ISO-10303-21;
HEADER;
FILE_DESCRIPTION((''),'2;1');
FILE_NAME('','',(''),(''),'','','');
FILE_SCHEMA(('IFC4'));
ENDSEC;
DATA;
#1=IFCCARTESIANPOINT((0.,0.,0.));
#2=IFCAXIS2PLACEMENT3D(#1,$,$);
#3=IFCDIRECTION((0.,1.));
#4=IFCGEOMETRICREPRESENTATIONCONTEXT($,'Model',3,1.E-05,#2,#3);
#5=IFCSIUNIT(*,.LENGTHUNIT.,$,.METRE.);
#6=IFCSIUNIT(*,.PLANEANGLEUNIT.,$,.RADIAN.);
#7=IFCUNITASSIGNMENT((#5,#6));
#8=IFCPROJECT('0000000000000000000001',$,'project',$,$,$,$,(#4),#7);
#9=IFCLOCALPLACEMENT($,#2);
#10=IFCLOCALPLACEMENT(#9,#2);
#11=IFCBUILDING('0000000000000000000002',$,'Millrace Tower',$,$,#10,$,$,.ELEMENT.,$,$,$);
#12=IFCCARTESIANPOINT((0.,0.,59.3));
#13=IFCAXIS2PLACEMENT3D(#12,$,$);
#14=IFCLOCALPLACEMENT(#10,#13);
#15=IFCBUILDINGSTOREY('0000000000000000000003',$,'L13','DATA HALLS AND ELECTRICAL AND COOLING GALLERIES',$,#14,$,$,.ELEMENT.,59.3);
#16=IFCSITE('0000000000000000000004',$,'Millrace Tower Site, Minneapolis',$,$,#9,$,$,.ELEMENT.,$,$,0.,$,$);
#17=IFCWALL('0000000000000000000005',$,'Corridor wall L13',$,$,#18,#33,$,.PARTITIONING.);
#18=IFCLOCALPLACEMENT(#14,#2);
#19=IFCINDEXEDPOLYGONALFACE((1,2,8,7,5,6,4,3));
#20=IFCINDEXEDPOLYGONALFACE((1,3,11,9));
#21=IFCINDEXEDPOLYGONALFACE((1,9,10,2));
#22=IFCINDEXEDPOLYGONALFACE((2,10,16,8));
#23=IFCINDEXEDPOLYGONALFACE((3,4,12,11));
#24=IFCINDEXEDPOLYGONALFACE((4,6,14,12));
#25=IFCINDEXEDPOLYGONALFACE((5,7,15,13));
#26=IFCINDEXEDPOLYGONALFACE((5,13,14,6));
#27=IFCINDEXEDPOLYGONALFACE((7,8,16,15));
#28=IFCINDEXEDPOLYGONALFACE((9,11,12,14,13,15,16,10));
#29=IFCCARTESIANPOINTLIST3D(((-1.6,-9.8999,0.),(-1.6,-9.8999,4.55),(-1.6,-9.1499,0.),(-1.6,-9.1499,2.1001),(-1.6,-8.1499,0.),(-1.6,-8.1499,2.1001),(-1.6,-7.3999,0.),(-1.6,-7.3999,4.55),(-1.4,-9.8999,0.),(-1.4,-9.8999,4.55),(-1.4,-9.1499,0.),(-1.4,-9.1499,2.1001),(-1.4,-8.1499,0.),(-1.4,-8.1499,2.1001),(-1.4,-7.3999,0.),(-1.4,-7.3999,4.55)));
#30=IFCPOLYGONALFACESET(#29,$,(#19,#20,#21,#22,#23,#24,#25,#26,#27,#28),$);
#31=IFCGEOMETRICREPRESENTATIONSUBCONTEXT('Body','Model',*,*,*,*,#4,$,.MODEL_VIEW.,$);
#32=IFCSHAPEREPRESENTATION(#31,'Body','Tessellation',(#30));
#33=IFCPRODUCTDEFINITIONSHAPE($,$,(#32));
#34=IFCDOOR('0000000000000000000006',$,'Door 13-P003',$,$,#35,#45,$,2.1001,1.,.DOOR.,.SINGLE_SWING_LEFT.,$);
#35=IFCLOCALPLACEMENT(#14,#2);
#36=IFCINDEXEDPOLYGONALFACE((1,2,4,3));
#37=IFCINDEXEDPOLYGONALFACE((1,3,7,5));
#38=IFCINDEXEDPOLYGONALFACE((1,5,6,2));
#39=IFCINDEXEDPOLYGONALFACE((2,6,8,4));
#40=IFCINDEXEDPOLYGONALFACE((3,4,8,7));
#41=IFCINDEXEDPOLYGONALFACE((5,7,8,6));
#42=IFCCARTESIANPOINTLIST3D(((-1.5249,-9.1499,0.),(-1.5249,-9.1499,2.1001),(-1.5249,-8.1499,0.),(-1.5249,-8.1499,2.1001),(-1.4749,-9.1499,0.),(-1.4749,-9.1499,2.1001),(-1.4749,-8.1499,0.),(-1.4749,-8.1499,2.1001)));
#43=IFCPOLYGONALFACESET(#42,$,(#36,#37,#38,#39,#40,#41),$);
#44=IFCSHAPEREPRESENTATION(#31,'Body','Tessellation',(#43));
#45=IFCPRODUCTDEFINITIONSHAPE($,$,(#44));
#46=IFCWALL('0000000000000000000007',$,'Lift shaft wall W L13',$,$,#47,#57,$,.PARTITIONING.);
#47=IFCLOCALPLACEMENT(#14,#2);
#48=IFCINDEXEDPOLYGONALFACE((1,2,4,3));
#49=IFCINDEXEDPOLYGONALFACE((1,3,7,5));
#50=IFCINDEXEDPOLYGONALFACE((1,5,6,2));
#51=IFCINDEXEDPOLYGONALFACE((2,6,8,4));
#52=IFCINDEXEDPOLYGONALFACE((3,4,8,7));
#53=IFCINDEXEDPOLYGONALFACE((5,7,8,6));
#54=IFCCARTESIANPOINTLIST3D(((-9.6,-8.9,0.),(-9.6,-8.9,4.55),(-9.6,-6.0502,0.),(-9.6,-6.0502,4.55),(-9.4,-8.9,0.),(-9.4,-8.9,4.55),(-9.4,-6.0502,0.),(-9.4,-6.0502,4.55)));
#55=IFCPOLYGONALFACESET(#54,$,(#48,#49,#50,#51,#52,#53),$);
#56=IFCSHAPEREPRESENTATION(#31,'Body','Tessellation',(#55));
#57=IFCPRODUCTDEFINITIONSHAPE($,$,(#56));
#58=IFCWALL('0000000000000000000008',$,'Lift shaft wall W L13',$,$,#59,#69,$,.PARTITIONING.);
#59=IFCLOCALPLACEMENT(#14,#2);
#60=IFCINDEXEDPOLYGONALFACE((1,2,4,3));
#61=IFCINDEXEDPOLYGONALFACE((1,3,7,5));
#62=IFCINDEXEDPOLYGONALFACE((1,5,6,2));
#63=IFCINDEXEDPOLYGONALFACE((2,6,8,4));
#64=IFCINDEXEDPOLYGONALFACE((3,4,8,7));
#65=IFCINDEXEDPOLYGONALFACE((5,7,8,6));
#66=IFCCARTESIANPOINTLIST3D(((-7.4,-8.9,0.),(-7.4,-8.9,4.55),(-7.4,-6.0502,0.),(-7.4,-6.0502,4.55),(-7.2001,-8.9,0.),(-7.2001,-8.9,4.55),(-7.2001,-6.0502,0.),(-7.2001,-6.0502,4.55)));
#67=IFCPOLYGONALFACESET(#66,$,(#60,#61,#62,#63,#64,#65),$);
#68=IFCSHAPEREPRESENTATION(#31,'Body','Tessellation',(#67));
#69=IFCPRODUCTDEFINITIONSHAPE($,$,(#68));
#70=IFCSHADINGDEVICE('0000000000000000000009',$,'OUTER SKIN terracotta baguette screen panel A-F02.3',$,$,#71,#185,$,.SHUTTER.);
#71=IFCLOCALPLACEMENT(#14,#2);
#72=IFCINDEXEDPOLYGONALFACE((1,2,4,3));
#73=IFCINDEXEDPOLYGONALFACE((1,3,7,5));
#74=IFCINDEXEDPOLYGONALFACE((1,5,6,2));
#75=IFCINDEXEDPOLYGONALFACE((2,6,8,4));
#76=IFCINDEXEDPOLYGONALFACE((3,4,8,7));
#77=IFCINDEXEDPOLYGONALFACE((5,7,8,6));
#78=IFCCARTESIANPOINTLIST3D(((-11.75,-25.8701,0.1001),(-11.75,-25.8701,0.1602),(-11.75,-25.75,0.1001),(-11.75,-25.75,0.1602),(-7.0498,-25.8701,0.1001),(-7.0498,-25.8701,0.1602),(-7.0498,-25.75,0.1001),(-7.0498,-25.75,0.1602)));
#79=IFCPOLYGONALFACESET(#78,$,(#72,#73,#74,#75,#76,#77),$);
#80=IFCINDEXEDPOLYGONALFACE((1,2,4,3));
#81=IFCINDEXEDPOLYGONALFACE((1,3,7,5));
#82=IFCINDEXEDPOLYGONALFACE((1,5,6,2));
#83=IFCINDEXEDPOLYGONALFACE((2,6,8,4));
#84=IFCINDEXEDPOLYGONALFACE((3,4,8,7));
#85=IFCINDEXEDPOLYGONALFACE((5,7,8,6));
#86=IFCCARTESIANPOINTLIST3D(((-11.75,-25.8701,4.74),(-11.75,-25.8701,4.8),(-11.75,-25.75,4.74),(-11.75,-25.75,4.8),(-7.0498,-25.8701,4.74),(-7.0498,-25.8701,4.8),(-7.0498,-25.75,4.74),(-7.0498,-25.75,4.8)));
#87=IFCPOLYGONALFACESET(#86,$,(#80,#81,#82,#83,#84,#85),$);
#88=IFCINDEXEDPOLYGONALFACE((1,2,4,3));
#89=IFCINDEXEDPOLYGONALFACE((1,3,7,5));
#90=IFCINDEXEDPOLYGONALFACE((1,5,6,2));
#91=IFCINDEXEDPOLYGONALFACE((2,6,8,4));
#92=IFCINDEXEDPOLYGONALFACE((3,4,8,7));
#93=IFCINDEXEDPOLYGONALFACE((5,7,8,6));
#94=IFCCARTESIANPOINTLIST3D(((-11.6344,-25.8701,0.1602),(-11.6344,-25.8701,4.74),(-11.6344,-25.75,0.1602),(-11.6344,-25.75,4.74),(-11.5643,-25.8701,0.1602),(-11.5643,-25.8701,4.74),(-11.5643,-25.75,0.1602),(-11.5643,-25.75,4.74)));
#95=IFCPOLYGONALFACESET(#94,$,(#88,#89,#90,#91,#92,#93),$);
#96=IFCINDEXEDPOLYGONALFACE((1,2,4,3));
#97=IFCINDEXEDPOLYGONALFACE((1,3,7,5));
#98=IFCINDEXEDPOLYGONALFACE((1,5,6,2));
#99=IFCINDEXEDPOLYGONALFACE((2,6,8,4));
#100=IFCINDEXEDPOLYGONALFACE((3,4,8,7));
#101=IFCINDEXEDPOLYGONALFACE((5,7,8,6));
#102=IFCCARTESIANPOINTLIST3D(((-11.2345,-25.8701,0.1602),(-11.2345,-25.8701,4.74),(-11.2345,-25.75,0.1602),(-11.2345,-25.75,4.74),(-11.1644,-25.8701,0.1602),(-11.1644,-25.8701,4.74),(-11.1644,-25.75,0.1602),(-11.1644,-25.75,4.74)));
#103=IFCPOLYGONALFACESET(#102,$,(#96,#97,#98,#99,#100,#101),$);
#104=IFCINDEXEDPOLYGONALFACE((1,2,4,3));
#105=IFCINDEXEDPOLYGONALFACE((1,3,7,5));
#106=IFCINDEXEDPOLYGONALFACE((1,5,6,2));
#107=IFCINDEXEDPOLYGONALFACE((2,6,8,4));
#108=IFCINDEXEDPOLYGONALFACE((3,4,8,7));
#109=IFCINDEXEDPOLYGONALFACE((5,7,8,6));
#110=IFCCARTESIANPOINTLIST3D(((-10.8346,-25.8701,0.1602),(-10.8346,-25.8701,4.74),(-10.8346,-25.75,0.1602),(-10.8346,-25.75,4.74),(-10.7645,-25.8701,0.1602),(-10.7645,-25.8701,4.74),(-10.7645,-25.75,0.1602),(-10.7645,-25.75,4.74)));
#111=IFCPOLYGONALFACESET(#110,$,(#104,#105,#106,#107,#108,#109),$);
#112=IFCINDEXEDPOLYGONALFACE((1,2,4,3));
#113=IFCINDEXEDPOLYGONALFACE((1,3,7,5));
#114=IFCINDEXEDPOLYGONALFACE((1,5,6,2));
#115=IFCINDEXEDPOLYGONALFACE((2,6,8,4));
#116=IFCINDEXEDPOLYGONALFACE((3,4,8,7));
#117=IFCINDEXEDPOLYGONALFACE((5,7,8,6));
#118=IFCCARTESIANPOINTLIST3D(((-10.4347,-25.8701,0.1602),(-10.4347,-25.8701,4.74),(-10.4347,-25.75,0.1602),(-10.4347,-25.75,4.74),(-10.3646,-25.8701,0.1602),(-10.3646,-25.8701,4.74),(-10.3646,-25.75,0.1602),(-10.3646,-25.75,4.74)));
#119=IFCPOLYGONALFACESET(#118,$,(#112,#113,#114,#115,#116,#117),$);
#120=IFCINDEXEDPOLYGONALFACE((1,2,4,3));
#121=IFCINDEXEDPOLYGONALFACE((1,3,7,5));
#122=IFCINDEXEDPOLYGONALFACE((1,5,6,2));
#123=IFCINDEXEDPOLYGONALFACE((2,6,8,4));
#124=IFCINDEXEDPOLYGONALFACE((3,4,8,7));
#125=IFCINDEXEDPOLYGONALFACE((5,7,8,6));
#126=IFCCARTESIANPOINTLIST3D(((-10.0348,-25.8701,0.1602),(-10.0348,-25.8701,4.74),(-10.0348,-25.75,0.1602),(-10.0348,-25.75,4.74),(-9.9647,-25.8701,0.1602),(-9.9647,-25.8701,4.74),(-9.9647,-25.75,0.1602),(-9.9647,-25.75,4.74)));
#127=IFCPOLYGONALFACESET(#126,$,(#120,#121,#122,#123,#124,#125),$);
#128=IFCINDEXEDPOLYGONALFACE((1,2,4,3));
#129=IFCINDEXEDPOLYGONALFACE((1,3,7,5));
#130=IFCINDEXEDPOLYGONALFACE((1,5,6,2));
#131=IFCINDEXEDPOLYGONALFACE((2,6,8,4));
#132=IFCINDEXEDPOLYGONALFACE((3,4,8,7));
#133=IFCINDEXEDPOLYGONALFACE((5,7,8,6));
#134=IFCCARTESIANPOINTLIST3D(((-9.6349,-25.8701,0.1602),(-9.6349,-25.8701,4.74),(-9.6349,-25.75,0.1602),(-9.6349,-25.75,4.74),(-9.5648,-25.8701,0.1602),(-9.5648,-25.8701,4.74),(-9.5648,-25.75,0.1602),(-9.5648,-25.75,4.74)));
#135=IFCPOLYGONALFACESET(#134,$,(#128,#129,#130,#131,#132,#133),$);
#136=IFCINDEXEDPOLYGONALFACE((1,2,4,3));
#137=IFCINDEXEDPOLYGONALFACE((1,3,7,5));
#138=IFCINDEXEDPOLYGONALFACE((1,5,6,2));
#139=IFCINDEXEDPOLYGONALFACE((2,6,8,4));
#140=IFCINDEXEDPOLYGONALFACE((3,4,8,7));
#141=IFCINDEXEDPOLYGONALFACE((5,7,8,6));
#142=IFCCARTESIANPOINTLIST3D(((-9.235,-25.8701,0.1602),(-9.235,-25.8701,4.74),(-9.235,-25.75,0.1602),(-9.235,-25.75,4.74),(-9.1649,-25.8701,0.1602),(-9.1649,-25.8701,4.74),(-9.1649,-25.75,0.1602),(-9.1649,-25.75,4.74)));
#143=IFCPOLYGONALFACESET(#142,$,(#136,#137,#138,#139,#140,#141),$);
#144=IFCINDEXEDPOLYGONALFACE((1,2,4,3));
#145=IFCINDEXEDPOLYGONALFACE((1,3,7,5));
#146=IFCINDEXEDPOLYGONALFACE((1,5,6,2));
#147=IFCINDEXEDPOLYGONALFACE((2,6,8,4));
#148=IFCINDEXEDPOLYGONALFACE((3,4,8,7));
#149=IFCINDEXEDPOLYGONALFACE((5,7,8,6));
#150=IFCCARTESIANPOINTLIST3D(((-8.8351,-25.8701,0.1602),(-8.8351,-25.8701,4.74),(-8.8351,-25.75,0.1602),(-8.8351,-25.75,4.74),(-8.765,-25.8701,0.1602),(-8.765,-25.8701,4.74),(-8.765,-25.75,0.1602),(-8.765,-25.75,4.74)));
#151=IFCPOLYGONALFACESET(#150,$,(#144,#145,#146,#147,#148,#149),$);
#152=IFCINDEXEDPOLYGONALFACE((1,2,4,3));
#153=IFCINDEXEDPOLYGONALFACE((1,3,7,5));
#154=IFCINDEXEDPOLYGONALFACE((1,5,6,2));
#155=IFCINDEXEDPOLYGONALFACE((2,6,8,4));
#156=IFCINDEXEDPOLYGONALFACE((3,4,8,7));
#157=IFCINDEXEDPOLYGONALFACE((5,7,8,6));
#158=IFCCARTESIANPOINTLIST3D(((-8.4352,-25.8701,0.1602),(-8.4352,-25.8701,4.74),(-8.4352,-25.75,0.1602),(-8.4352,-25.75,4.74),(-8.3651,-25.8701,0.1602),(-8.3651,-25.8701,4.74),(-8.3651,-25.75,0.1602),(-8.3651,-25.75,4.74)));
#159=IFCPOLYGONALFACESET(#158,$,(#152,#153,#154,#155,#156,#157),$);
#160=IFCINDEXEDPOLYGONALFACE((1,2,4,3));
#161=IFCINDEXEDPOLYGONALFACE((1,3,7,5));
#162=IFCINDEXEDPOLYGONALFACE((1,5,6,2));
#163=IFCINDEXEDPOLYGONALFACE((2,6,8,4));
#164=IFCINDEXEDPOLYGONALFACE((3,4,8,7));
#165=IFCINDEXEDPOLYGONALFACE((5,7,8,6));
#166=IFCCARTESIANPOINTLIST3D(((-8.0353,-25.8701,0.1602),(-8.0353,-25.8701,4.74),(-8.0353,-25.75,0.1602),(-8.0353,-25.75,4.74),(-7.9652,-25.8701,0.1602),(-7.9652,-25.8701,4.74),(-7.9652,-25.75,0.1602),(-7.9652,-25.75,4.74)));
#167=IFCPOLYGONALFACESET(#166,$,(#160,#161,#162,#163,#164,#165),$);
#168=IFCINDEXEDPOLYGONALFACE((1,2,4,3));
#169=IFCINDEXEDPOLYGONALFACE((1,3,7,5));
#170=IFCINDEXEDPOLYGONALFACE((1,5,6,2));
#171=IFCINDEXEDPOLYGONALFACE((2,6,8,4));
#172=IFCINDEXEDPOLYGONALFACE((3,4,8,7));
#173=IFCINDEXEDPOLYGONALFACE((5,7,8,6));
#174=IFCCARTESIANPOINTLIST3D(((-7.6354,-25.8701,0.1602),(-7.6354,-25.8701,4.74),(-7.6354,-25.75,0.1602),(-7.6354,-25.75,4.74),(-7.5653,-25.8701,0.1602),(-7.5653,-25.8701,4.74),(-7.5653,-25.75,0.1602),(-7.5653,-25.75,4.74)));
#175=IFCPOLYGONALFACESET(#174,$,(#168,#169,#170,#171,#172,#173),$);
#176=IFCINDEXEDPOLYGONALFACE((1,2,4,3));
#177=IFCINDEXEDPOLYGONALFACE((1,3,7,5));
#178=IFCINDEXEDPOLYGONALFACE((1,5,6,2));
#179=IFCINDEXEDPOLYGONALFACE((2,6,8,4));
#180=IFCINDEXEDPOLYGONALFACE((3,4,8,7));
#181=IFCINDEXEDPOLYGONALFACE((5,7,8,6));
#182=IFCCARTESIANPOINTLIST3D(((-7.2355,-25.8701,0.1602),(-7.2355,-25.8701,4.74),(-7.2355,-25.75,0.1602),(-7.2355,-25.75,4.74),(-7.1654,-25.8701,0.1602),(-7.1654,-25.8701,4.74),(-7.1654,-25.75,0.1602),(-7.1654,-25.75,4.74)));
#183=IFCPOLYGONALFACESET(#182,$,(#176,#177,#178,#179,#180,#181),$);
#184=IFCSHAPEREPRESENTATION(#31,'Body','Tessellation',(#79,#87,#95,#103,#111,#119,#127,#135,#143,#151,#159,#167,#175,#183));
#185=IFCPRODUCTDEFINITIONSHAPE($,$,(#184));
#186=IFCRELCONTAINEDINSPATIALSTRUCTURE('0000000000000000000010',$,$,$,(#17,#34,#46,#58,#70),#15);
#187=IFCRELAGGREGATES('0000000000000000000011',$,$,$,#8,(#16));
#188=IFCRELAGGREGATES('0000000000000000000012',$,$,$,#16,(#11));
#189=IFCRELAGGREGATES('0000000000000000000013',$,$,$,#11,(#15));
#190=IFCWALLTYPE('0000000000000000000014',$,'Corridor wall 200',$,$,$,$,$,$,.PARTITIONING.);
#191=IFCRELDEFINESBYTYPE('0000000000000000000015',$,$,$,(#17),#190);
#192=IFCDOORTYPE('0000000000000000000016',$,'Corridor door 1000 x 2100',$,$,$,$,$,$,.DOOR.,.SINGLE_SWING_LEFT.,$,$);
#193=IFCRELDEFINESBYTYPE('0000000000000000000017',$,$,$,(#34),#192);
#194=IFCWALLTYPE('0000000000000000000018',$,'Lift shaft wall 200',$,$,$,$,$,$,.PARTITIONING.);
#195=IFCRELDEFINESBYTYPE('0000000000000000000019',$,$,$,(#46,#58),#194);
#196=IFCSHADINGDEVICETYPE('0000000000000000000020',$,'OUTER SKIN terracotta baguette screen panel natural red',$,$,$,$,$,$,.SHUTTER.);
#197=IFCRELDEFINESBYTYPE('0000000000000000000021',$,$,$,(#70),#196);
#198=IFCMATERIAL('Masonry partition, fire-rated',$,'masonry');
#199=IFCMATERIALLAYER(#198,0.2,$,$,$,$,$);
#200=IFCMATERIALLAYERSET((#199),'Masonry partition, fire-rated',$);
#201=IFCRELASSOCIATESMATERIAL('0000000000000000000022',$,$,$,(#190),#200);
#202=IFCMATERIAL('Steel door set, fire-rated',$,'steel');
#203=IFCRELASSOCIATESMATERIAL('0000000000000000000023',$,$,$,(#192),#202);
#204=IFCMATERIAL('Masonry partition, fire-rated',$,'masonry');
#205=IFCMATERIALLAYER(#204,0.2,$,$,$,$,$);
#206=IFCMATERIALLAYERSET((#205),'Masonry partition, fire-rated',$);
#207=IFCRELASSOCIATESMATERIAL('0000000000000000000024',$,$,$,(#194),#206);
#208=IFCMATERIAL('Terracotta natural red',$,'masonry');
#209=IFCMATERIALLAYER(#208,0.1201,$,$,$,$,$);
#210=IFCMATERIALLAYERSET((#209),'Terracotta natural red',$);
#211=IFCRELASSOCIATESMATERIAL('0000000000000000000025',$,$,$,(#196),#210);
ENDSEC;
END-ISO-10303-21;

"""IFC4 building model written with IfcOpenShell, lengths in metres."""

from ifc_helpers import new_model, entity, si_unit, direction, frame, frame_2d, origin, place, context, subcontext, project, spatial, rectangle, extrude, source, transform, mapped, material, layer, layer_set, type_object, element, fill, save


model = new_model("IFC4")

# Units and contexts
model_context = context("Model", 3, precision=1e-05, world=origin(), true_north=direction((0.0, 1.0)))
body_context = subcontext(model_context, "Body", "Model", "MODEL_VIEW")
ifc_project = project(units=[si_unit("LENGTHUNIT", "METRE"), si_unit("PLANEANGLEUNIT", "RADIAN")], contexts=[model_context])

# Site, building, storey
site_placement = place(None, origin())
site = spatial("IfcSite", under=ifc_project, at=site_placement, Name="Millrace Tower Site, Minneapolis", CompositionType="ELEMENT", RefElevation=0.0)
building_placement = place(site_placement, origin())
building = spatial("IfcBuilding", under=site, at=building_placement, Name="Millrace Tower", CompositionType="ELEMENT")
storey_placement = place(building_placement, frame((0.0, 0.0, 59.3)))
storey = spatial("IfcBuildingStorey", under=building, at=storey_placement, Name="L13", Description="DATA HALLS AND ELECTRICAL AND COOLING GALLERIES", CompositionType="ELEMENT", Elevation=59.3)

# Shared definitions
ifc_material_1 = material(Name="Masonry partition, fire-rated", Category="masonry")
ifc_layer_1 = layer(ifc_material_1, 0.2)
ifc_layer_set_1 = layer_set([ifc_layer_1], Name="Masonry partition, fire-rated")
wall_type_1 = type_object("IfcWallType", Name="Corridor wall 200", PredefinedType="PARTITIONING", material=ifc_layer_set_1)

# Wall, opening, door
wall_1_placement = place(storey_placement, frame((-1.5, -9.8999, 0.0), z_axis=(0.0, 0.0, 1.0), x_axis=(0.0, 1.0, 0.0)))
wall_1 = element("IfcWall", 1, at=wall_1_placement, inside=storey, type_object=wall_type_1, Name="Corridor wall L13", PredefinedType="PARTITIONING", context=body_context, shape_type="SweptSolid", body=[
    extrude(rectangle(XDim=2.5, YDim=0.2, at=frame_2d((1.25, 0.0))), origin(), (0.0, 0.0, 1.0), 4.55),
])
opening_placement = place(wall_1_placement, frame((0.75, 0.0, 0.0)))
opening = element("IfcOpeningElement", 2, at=opening_placement, cuts=wall_1, PredefinedType="OPENING", context=body_context, shape_type="SweptSolid", body=[
    extrude(rectangle(XDim=1.0, YDim=2.1001, at=frame_2d((0.5, 1.05))), frame((0.0, 0.1099, 0.0), z_axis=(0.0, -1.0, 0.0), x_axis=(1.0, 0.0, 0.0)), (0.0, 0.0, 1.0), 0.22),
])
ifc_material_2 = material(Name="Steel door set, fire-rated", Category="steel")
door_type = type_object("IfcDoorType", Name="Corridor door 1000 x 2100", OperationType="SINGLE_SWING_LEFT", PredefinedType="DOOR", material=ifc_material_2)
door_placement = place(opening_placement, origin())
door = element("IfcDoor", 3, at=door_placement, inside=storey, type_object=door_type, Name="Door 13-P003", OperationType="SINGLE_SWING_LEFT", OverallHeight=2.1001, OverallWidth=1.0, PredefinedType="DOOR", context=body_context, shape_type="SweptSolid", body=[
    extrude(rectangle(XDim=1.0, YDim=2.1001, at=frame_2d((0.5, 1.05))), frame((0.0, 0.0249, 0.0), z_axis=(0.0, -1.0, 0.0), x_axis=(1.0, 0.0, 0.0)), (0.0, 0.0, 1.0), 0.05),
])
fill(opening, door)

# Walls
ifc_material_3 = material(Name="Masonry partition, fire-rated", Category="masonry")
ifc_layer_2 = layer(ifc_material_3, 0.2)
ifc_layer_set_2 = layer_set([ifc_layer_2], Name="Masonry partition, fire-rated")
wall_type_2 = type_object("IfcWallType", Name="Lift shaft wall 200", PredefinedType="PARTITIONING", material=ifc_layer_set_2)
for number, where, z_axis, x_axis, name in (
    (4, (-9.5, -8.8999, 0.0), (0.0, 0.0, 1.0), (0.0, 1.0, 0.0), "Lift shaft wall W L13"),
    (5, (-7.3, -8.8999, 0.0), (0.0, 0.0, 1.0), (0.0, 1.0, 0.0), "Lift shaft wall W L13"),
):
    element("IfcWall", number, at=place(storey_placement, frame(where, z_axis=z_axis, x_axis=x_axis)), inside=storey, type_object=wall_type_2, Name=name, PredefinedType="PARTITIONING", context=body_context, shape_type="SweptSolid", body=[
        extrude(rectangle(XDim=2.8499, YDim=0.2, at=frame_2d((1.4248, 0.0))), origin(), (0.0, 0.0, 1.0), 4.55),
    ])

# Shading device
cartesian_point = entity("IfcCartesianPoint", [-2.3501, 0.0601])
shared_polyline = entity("IfcPolyline", [cartesian_point, entity("IfcCartesianPoint", [2.3501, 0.0601]), entity("IfcCartesianPoint", [2.3501, -0.0601]), entity("IfcCartesianPoint", [-2.3501, -0.0601]), cartesian_point])
ifc_material_4 = material(Name="Terracotta natural red", Category="masonry")
ifc_layer_3 = layer(ifc_material_4, 0.1201)
ifc_layer_set_3 = layer_set([ifc_layer_3], Name="Terracotta natural red")
shading_device_type_1 = type_object("IfcShadingDeviceType", Name="OUTER SKIN terracotta baguette screen panel natural red", PredefinedType="SHUTTER", material=ifc_layer_set_3)
shared_shape_1 = source(origin(), body_context, "Body", "SweptSolid", [
    entity("IfcExtrudedAreaSolid", entity("IfcArbitraryClosedProfileDef", "AREA", None, shared_polyline), entity("IfcAxis2Placement3D", entity("IfcCartesianPoint", [0.0, 0.0, 0.0])), entity("IfcDirection", [0.0, 0.0, 1.0]), 0.0601),
    entity("IfcExtrudedAreaSolid", entity("IfcArbitraryClosedProfileDef", "AREA", None, shared_polyline), entity("IfcAxis2Placement3D", entity("IfcCartesianPoint", [0.0, 0.0, 4.6399])), entity("IfcDirection", [0.0, 0.0, 1.0]), 0.0601),
    extrude(rectangle(XDim=0.0701, YDim=0.1201, at=frame_2d((-2.1995, 0.0))), frame((0.0, 0.0, 0.0601)), (0.0, 0.0, 1.0), 4.5798),
    extrude(rectangle(XDim=0.0701, YDim=0.1201, at=frame_2d((-1.7996, 0.0))), frame((0.0, 0.0, 0.0601)), (0.0, 0.0, 1.0), 4.5798),
    extrude(rectangle(XDim=0.0701, YDim=0.1201, at=frame_2d((-1.3997, 0.0))), frame((0.0, 0.0, 0.0601)), (0.0, 0.0, 1.0), 4.5798),
    extrude(rectangle(XDim=0.0701, YDim=0.1201, at=frame_2d((-0.9998, 0.0))), frame((0.0, 0.0, 0.0601)), (0.0, 0.0, 1.0), 4.5798),
    extrude(rectangle(XDim=0.0701, YDim=0.1201, at=frame_2d((-0.5999, 0.0))), frame((0.0, 0.0, 0.0601)), (0.0, 0.0, 1.0), 4.5798),
    extrude(rectangle(XDim=0.0701, YDim=0.1201, at=frame_2d((-0.2, 0.0))), frame((0.0, 0.0, 0.0601)), (0.0, 0.0, 1.0), 4.5798),
    extrude(rectangle(XDim=0.0701, YDim=0.1201, at=frame_2d((0.2, 0.0))), frame((0.0, 0.0, 0.0601)), (0.0, 0.0, 1.0), 4.5798),
    extrude(rectangle(XDim=0.0701, YDim=0.1201, at=frame_2d((0.5999, 0.0))), frame((0.0, 0.0, 0.0601)), (0.0, 0.0, 1.0), 4.5798),
    extrude(rectangle(XDim=0.0701, YDim=0.1201, at=frame_2d((0.9998, 0.0))), frame((0.0, 0.0, 0.0601)), (0.0, 0.0, 1.0), 4.5798),
    extrude(rectangle(XDim=0.0701, YDim=0.1201, at=frame_2d((1.3997, 0.0))), frame((0.0, 0.0, 0.0601)), (0.0, 0.0, 1.0), 4.5798),
    extrude(rectangle(XDim=0.0701, YDim=0.1201, at=frame_2d((1.7996, 0.0))), frame((0.0, 0.0, 0.0601)), (0.0, 0.0, 1.0), 4.5798),
    extrude(rectangle(XDim=0.0701, YDim=0.1201, at=frame_2d((2.1995, 0.0))), frame((0.0, 0.0, 0.0601)), (0.0, 0.0, 1.0), 4.5798),
])
for number, where, z_axis, x_axis, name in (
    (6, (-9.3999, -25.8101, 0.1001), (0.0, 0.0, 1.0), (1.0, 0.0, 0.0), "OUTER SKIN terracotta baguette screen panel A-F02.3"),
):
    element("IfcShadingDevice", number, at=place(storey_placement, frame(where, z_axis=z_axis, x_axis=x_axis)), inside=storey, type_object=shading_device_type_1, Name=name, PredefinedType="SHUTTER", context=body_context, shape_type="MappedRepresentation", body=[
        mapped(shared_shape_1, transform((0.0, 0.0, 0.0), scale=1.0)),
    ])

save(model, "model.ifc")
